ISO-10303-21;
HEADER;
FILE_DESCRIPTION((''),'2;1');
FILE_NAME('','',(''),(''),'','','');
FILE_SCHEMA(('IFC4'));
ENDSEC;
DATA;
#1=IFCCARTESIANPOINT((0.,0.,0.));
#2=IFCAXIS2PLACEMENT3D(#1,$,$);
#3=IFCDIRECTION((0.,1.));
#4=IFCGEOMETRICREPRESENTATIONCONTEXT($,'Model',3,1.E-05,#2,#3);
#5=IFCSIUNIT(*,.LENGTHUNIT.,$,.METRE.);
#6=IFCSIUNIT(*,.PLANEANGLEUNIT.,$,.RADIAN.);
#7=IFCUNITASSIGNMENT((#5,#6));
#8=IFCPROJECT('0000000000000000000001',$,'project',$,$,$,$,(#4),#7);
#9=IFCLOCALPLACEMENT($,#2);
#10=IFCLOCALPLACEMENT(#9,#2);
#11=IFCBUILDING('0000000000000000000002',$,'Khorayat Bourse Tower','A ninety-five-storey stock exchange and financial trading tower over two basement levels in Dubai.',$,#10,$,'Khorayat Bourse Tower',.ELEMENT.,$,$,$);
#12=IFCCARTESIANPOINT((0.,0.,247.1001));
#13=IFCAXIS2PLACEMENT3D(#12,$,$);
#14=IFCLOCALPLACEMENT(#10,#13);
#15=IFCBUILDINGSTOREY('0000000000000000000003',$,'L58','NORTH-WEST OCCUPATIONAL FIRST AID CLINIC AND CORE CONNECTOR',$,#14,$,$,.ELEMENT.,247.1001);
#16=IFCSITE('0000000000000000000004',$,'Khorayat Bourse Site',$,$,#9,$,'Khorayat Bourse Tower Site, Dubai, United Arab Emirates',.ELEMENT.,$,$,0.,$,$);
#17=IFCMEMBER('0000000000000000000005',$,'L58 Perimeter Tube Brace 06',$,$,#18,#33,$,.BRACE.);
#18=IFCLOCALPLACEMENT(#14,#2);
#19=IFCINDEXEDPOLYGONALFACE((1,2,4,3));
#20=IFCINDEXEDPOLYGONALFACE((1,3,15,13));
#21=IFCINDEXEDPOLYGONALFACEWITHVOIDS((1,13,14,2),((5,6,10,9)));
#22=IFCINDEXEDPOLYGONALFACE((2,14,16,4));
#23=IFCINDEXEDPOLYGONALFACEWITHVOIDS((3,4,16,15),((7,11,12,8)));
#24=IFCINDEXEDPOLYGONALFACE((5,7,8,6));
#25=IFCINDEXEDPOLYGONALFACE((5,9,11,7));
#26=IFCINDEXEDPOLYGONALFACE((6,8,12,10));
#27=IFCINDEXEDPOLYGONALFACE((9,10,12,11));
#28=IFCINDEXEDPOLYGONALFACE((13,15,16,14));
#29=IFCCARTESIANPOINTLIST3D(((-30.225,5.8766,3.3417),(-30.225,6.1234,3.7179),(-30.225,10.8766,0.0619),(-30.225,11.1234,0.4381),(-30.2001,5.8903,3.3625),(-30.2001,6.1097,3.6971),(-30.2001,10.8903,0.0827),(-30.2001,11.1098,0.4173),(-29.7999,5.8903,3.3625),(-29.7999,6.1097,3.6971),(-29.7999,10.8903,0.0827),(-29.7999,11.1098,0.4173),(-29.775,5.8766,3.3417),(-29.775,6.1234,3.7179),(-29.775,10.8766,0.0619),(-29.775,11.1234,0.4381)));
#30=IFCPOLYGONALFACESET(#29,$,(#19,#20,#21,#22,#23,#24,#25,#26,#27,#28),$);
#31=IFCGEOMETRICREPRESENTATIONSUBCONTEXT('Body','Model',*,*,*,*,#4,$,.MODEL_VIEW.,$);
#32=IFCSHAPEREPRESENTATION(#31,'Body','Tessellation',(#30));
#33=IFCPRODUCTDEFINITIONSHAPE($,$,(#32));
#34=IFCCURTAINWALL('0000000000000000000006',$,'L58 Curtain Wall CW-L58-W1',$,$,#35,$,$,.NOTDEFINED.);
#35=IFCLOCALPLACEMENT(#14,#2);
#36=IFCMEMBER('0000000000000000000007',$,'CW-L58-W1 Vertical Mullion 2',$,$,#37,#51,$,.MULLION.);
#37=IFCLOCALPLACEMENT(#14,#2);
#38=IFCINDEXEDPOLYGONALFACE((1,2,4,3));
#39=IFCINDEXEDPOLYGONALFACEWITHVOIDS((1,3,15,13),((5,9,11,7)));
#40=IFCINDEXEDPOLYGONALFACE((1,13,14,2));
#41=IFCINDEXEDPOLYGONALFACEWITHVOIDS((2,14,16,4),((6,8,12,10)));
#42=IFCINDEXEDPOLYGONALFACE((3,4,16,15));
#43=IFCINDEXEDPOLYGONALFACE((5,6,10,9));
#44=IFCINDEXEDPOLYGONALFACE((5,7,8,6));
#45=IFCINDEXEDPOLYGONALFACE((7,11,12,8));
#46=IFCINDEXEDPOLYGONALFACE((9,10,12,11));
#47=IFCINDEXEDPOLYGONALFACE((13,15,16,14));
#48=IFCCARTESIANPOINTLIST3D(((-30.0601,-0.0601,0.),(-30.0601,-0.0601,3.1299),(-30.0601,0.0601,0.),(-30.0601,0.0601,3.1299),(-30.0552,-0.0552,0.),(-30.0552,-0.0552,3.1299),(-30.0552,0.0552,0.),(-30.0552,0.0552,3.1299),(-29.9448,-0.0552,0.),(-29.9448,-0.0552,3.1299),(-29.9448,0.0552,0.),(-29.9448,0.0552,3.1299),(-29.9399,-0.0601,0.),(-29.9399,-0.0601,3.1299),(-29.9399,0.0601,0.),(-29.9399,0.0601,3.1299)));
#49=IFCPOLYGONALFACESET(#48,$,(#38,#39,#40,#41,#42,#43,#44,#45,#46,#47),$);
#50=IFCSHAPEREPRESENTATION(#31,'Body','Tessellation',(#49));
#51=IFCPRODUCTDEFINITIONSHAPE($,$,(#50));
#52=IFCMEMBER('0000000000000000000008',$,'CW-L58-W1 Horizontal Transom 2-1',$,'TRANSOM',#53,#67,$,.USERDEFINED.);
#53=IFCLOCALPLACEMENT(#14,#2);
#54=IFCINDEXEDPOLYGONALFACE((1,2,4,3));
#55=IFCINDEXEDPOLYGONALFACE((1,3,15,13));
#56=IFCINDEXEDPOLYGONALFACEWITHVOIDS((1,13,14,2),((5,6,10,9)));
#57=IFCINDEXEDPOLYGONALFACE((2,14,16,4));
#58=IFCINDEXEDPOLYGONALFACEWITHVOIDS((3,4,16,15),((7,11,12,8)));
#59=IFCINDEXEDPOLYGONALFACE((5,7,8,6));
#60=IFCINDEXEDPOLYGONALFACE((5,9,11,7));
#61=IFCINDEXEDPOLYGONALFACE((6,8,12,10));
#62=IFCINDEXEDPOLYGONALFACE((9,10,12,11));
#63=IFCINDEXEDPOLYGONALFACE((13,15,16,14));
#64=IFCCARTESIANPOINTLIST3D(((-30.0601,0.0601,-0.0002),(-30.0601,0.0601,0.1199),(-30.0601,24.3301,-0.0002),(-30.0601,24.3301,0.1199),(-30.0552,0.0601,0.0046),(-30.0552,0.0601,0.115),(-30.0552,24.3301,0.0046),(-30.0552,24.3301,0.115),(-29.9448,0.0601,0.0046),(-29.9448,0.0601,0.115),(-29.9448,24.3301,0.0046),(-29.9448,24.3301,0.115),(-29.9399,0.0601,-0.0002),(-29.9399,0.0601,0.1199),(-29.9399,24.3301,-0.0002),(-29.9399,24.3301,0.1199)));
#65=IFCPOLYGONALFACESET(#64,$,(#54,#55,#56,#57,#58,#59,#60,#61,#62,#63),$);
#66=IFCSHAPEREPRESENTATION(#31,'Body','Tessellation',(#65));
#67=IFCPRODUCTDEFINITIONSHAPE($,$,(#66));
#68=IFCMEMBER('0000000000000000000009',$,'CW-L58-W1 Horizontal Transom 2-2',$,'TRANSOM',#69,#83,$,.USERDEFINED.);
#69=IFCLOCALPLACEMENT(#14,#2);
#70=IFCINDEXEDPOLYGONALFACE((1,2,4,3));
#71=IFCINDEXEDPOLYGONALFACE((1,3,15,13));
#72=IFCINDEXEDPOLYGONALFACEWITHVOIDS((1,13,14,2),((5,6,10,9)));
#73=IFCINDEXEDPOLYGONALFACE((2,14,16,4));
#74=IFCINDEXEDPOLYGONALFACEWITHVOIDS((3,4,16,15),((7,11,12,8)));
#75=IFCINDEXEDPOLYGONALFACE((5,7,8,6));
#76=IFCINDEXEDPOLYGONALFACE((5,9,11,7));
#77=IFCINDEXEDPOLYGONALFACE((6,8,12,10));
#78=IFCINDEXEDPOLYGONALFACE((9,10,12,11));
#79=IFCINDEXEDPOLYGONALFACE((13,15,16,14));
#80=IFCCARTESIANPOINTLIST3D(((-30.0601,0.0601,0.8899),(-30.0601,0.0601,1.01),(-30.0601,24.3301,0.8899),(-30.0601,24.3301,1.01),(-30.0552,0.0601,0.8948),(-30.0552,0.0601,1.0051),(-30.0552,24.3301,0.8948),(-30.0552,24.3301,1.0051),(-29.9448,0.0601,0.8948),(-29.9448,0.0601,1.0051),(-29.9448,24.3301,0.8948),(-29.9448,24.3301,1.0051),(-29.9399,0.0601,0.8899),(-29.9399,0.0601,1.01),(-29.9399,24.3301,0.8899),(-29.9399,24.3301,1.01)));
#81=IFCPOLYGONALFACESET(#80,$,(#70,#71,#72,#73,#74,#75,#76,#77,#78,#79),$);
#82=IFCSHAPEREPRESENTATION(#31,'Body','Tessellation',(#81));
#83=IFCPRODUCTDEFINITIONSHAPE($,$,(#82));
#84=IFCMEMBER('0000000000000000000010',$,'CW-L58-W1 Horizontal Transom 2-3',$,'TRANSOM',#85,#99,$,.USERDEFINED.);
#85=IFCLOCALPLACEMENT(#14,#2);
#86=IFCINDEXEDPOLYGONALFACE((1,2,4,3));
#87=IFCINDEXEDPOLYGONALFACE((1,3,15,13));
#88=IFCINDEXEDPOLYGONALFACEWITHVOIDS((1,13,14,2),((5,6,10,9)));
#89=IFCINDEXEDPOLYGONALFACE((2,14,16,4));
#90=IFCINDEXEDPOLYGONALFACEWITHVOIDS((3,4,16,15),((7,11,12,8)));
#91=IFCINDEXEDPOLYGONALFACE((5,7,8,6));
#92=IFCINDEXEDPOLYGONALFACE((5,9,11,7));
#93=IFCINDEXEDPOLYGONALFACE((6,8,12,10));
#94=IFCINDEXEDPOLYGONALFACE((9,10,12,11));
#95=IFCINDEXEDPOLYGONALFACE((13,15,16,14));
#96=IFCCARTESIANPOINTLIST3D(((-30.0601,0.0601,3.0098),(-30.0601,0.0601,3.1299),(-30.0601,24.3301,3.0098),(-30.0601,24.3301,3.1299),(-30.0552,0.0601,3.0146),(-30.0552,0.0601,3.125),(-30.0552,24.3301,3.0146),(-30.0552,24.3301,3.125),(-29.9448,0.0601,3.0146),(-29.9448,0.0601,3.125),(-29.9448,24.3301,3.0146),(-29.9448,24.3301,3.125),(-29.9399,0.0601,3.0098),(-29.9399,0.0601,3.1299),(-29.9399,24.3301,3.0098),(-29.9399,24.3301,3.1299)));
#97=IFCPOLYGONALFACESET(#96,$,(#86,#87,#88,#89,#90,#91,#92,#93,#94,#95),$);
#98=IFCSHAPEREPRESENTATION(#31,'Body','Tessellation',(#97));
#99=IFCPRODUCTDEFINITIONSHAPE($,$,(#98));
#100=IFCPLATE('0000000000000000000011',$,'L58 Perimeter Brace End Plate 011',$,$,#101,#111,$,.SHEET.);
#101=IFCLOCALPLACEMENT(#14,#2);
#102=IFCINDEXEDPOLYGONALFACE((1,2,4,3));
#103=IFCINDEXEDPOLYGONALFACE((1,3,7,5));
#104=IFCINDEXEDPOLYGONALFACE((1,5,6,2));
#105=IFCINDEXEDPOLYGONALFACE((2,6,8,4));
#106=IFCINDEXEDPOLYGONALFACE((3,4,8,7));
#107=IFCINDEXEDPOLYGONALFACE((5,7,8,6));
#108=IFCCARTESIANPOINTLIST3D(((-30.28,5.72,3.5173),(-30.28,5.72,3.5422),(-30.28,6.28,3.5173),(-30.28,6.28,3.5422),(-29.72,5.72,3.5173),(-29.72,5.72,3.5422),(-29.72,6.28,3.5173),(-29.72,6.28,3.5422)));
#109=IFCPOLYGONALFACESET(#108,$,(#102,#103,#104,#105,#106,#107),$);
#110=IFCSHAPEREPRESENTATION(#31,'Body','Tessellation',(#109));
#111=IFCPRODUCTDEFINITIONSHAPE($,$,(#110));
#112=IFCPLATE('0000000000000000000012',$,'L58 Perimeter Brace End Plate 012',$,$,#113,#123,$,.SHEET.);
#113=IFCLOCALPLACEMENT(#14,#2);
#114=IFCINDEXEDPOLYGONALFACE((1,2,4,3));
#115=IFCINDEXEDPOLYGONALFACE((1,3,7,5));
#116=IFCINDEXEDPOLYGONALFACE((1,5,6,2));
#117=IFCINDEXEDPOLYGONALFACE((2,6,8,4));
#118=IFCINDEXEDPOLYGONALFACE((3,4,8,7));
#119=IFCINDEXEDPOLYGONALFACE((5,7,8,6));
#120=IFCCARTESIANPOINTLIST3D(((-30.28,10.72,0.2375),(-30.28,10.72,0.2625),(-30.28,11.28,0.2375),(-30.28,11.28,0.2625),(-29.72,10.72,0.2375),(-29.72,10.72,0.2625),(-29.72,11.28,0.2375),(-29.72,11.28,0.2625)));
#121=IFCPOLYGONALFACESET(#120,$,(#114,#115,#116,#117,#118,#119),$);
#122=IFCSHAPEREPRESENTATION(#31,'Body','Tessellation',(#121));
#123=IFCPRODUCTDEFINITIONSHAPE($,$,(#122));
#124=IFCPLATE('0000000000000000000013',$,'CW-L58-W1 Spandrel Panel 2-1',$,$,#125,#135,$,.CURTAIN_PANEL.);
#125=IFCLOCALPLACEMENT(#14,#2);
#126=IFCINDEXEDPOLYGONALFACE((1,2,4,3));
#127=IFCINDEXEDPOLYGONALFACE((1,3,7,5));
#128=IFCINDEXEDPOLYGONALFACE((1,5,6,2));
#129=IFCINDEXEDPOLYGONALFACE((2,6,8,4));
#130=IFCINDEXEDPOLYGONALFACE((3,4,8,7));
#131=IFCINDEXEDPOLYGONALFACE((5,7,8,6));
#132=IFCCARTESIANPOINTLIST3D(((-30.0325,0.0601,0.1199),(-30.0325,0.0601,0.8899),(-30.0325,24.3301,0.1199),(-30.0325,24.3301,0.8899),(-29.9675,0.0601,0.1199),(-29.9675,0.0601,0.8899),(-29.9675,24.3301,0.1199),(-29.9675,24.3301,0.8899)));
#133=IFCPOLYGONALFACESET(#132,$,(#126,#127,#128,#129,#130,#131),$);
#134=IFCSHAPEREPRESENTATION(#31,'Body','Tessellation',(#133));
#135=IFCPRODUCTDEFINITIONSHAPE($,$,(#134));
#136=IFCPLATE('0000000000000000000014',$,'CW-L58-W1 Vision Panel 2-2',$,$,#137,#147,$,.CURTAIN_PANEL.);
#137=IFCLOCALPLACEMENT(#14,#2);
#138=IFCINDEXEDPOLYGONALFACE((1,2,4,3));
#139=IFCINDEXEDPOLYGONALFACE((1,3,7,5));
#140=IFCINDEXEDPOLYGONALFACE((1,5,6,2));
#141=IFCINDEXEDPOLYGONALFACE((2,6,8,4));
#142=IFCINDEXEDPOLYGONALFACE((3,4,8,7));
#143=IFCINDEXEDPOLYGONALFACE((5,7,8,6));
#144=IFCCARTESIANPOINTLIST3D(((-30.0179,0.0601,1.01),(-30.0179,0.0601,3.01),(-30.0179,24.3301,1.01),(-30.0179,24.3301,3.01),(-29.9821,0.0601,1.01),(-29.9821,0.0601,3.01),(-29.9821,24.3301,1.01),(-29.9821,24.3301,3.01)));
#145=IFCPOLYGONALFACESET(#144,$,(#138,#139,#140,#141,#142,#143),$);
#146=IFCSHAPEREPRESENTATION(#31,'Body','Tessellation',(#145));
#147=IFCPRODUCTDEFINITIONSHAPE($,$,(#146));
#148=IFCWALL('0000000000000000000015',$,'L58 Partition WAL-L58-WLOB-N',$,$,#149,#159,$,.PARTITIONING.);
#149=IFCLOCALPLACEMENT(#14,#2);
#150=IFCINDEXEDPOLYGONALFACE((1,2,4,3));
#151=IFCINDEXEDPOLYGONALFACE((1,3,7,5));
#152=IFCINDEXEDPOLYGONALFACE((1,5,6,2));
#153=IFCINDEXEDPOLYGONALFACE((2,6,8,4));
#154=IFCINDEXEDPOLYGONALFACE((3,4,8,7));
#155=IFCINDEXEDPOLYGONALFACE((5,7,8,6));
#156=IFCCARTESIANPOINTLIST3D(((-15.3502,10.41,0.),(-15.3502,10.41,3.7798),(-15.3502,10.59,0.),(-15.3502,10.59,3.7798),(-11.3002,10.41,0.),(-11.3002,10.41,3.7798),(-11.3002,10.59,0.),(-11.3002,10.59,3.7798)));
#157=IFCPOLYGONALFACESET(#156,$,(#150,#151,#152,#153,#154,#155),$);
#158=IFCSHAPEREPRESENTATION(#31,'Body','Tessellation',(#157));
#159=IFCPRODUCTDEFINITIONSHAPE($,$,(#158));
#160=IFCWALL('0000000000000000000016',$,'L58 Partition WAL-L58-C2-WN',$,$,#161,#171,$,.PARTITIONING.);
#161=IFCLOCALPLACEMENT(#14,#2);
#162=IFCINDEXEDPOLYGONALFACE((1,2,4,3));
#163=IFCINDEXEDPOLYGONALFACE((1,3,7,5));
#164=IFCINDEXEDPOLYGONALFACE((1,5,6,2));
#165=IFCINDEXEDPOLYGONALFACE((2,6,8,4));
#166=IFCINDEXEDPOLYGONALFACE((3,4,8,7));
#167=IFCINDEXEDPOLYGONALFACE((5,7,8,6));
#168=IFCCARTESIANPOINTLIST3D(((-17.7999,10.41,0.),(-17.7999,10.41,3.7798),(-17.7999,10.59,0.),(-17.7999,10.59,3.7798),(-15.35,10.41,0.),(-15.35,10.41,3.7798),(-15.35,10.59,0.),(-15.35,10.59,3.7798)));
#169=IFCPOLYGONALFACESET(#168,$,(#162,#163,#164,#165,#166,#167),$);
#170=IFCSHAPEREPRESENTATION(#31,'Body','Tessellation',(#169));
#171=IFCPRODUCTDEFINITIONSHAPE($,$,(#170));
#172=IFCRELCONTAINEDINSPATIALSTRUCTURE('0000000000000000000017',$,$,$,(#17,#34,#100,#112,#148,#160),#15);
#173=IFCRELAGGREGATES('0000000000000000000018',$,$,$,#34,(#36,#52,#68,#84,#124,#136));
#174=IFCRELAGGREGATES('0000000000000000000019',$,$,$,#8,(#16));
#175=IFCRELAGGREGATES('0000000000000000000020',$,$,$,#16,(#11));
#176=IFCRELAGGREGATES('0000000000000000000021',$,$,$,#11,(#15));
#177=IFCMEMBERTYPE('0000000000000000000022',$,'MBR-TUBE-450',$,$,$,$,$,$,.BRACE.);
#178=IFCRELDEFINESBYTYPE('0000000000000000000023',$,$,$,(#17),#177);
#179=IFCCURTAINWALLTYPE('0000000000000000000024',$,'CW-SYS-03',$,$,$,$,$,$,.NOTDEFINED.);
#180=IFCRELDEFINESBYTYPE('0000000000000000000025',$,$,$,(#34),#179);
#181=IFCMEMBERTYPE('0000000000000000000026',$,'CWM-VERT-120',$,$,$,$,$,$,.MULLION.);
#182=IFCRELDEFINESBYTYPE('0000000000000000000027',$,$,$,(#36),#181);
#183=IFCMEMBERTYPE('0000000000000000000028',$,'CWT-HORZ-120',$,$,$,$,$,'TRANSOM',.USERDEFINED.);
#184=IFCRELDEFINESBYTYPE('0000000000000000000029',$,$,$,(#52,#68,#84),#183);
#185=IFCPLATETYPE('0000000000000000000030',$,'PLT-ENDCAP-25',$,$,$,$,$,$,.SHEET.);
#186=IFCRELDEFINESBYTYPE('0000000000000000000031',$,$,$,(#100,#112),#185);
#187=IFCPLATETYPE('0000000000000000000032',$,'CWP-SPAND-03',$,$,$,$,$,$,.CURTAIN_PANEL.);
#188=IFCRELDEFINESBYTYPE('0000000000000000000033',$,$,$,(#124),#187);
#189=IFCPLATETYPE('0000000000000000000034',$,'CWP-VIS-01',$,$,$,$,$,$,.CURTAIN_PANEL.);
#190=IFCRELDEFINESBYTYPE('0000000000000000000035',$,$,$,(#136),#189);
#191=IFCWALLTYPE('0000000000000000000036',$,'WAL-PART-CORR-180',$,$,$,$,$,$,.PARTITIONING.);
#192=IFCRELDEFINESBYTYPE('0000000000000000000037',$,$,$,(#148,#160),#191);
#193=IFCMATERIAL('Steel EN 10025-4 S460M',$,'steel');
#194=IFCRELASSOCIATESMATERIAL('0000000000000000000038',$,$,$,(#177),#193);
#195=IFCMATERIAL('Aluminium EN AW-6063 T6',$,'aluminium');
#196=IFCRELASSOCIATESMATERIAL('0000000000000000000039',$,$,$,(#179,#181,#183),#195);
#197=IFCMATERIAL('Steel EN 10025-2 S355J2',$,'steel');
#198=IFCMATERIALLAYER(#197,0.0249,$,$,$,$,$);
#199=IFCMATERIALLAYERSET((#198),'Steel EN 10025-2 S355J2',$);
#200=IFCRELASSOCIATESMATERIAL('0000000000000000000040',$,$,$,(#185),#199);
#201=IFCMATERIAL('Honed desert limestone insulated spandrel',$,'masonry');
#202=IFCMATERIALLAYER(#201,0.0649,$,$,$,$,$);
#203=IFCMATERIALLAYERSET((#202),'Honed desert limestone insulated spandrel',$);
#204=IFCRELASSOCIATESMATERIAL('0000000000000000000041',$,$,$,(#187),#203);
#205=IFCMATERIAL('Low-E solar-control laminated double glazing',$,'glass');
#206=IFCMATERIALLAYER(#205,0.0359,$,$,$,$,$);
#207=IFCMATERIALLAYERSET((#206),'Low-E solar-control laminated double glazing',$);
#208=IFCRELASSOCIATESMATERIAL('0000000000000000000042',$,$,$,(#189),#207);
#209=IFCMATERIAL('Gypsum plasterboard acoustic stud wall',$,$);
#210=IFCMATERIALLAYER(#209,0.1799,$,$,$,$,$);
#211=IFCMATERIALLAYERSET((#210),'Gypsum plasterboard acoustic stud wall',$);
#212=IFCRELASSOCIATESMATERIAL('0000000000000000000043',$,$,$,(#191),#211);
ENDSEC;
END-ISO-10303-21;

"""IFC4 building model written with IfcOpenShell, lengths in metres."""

from ifc_helpers import new_model, si_unit, direction, frame, frame_2d, origin, origin_2d, place, context, subcontext, project, spatial, rectangle, hollow_rectangle, extrude, source, transform, mapped, material, layer, layer_set, material_profile, profile_set, type_object, element, aggregate, save


model = new_model("IFC4")

# Units and contexts
model_context = context("Model", 3, precision=1e-05, world=origin(), true_north=direction((0.0, 1.0)))
body_context = subcontext(model_context, "Body", "Model", "MODEL_VIEW")
ifc_project = project(units=[si_unit("LENGTHUNIT", "METRE"), si_unit("PLANEANGLEUNIT", "RADIAN")], contexts=[model_context])

# Site, building, storey
site_placement = place(None, origin())
site = spatial("IfcSite", under=ifc_project, at=site_placement, Name="Khorayat Bourse Site", LongName="Khorayat Bourse Tower Site, Dubai, United Arab Emirates", CompositionType="ELEMENT", RefElevation=0.0)
building_placement = place(site_placement, origin())
building = spatial("IfcBuilding", under=site, at=building_placement, Name="Khorayat Bourse Tower", Description="A ninety-five-storey stock exchange and financial trading tower over two basement levels in Dubai.", LongName="Khorayat Bourse Tower", CompositionType="ELEMENT")
storey_placement = place(building_placement, frame((0.0, 0.0, 247.1001)))
storey = spatial("IfcBuildingStorey", under=building, at=storey_placement, Name="L58", Description="NORTH-WEST OCCUPATIONAL FIRST AID CLINIC AND CORE CONNECTOR", CompositionType="ELEMENT", Elevation=247.1001)

# Shared definitions
ifc_material_1 = material(Name="Steel EN 10025-4 S460M", Category="steel")

# Member
ifc_material_profile_1 = material_profile(ifc_material_1, hollow_rectangle(XDim=0.45, YDim=0.45, WallThickness=0.0249, at=origin_2d()), Name="HSS 450x450x25")
ifc_profile_set_1 = profile_set([ifc_material_profile_1], Name="Steel EN 10025-4 S460M")
member_type_1 = type_object("IfcMemberType", Name="MBR-TUBE-450", PredefinedType="BRACE", material=ifc_profile_set_1)
shared_shape_1 = source(origin(), body_context, "Body", "SweptSolid", [
    extrude(hollow_rectangle(XDim=0.45, YDim=0.45, WallThickness=0.0249, at=origin_2d()), origin(), (0.0, 0.0, 1.0), 5.9797),
])
member_1_placement = place(storey_placement, frame((-30.0, 6.0, 3.5298), z_axis=(0.0, 0.83616, -0.548485), x_axis=(-1.0, 0.0, 0.0)))
element("IfcMember", 1, at=member_1_placement, inside=storey, type_object=member_type_1, Name="L58 Perimeter Tube Brace 06", PredefinedType="BRACE", context=body_context, shape_type="MappedRepresentation", body=[
    mapped(shared_shape_1, transform((0.0, 0.0, 0.0), scale=1.0)),
])

# Curtain wall, members
ifc_material_2 = material(Name="Aluminium EN AW-6063 T6", Category="aluminium")
curtain_wall_type = type_object("IfcCurtainWallType", Name="CW-SYS-03", PredefinedType="NOTDEFINED", material=ifc_material_2)
curtain_wall_placement = place(storey_placement, origin())
curtain_wall = element("IfcCurtainWall", 2, at=curtain_wall_placement, inside=storey, type_object=curtain_wall_type, Name="L58 Curtain Wall CW-L58-W1", PredefinedType="NOTDEFINED")
ifc_material_profile_2 = material_profile(ifc_material_2, hollow_rectangle(XDim=0.1201, YDim=0.1201, WallThickness=0.0049, at=origin_2d()), Name="ALU 120x120x5")
ifc_profile_set_2 = profile_set([ifc_material_profile_2], Name="Aluminium EN AW-6063 T6")
member_type_2 = type_object("IfcMemberType", Name="CWM-VERT-120", PredefinedType="MULLION", material=ifc_profile_set_2)
shared_shape_2 = source(origin(), body_context, "Body", "SweptSolid", [
    extrude(hollow_rectangle(XDim=0.1201, YDim=0.1201, WallThickness=0.0049, at=origin_2d()), origin(), (0.0, 0.0, 1.0), 3.1299),
])
member_2_placement = place(storey_placement, frame((-30.0, 0.0, 0.0), z_axis=(0.0, 0.0, 1.0), x_axis=(-1.0, 0.0, 0.0)))
member_2 = element("IfcMember", 3, at=member_2_placement, type_object=member_type_2, Name="CW-L58-W1 Vertical Mullion 2", PredefinedType="MULLION", context=body_context, shape_type="MappedRepresentation", body=[
    mapped(shared_shape_2, transform((0.0, 0.0, 0.0), scale=1.0)),
])
ifc_material_profile_3 = material_profile(ifc_material_2, hollow_rectangle(XDim=0.1201, YDim=0.1201, WallThickness=0.0049, at=origin_2d()), Name="ALU 120x120x5")
ifc_profile_set_3 = profile_set([ifc_material_profile_3], Name="Aluminium EN AW-6063 T6")
member_type_3 = type_object("IfcMemberType", Name="CWT-HORZ-120", ElementType="TRANSOM", PredefinedType="USERDEFINED", material=ifc_profile_set_3)
shared_shape_3 = source(origin(), body_context, "Body", "SweptSolid", [
    extrude(hollow_rectangle(XDim=0.1201, YDim=0.1201, WallThickness=0.0049, at=origin_2d()), origin(), (0.0, 0.0, 1.0), 24.27),
])
member_3_placement = place(storey_placement, frame((-30.0, 0.0601, 0.0598), z_axis=(0.0, 1.0, 0.0), x_axis=(-1.0, 0.0, 0.0)))
member_3 = element("IfcMember", 4, at=member_3_placement, type_object=member_type_3, Name="CW-L58-W1 Horizontal Transom 2-1", ObjectType="TRANSOM", PredefinedType="USERDEFINED", context=body_context, shape_type="MappedRepresentation", body=[
    mapped(shared_shape_3, transform((0.0, 0.0, 0.0), scale=1.0)),
])
member_4_placement = place(storey_placement, frame((-30.0, 0.0601, 0.95), z_axis=(0.0, 1.0, 0.0), x_axis=(-1.0, 0.0, 0.0)))
member_4 = element("IfcMember", 5, at=member_4_placement, type_object=member_type_3, Name="CW-L58-W1 Horizontal Transom 2-2", ObjectType="TRANSOM", PredefinedType="USERDEFINED", context=body_context, shape_type="MappedRepresentation", body=[
    mapped(shared_shape_3, transform((0.0, 0.0, 0.0), scale=1.0)),
])
member_5_placement = place(storey_placement, frame((-30.0, 0.0601, 3.0698), z_axis=(0.0, 1.0, 0.0), x_axis=(-1.0, 0.0, 0.0)))
member_5 = element("IfcMember", 6, at=member_5_placement, type_object=member_type_3, Name="CW-L58-W1 Horizontal Transom 2-3", ObjectType="TRANSOM", PredefinedType="USERDEFINED", context=body_context, shape_type="MappedRepresentation", body=[
    mapped(shared_shape_3, transform((0.0, 0.0, 0.0), scale=1.0)),
])

# Plates
ifc_material_3 = material(Name="Steel EN 10025-2 S355J2", Category="steel")
ifc_layer_1 = layer(ifc_material_3, 0.0249)
ifc_layer_set_1 = layer_set([ifc_layer_1], Name="Steel EN 10025-2 S355J2")
plate_type_1 = type_object("IfcPlateType", Name="PLT-ENDCAP-25", PredefinedType="SHEET", material=ifc_layer_set_1)
shared_shape_4 = source(origin(), body_context, "Body", "SweptSolid", [
    extrude(rectangle(XDim=0.5601, YDim=0.5601, at=origin_2d()), origin(), (0.0, 0.0, 1.0), 0.0249),
])
for number, where, z_axis, x_axis, name in (
    (7, (-30.0, 6.0, 3.5173), (0.0, 0.0, 1.0), (1.0, 0.0, 0.0), "L58 Perimeter Brace End Plate 011"),
    (8, (-30.0, 11.0, 0.2375), (0.0, 0.0, 1.0), (1.0, 0.0, 0.0), "L58 Perimeter Brace End Plate 012"),
):
    element("IfcPlate", number, at=place(storey_placement, frame(where, z_axis=z_axis, x_axis=x_axis)), inside=storey, type_object=plate_type_1, Name=name, PredefinedType="SHEET", context=body_context, shape_type="MappedRepresentation", body=[
        mapped(shared_shape_4, transform((0.0, 0.0, 0.0), scale=1.0)),
    ])

# Plates
ifc_material_4 = material(Name="Honed desert limestone insulated spandrel", Category="masonry")
ifc_layer_2 = layer(ifc_material_4, 0.0649)
ifc_layer_set_2 = layer_set([ifc_layer_2], Name="Honed desert limestone insulated spandrel")
plate_type_2 = type_object("IfcPlateType", Name="CWP-SPAND-03", PredefinedType="CURTAIN_PANEL", material=ifc_layer_set_2)
shared_shape_5 = source(origin(), body_context, "Body", "SweptSolid", [
    extrude(rectangle(XDim=24.27, YDim=0.0649, at=origin_2d()), origin(), (0.0, 0.0, 1.0), 0.77),
])
plate_1_placement = place(storey_placement, frame((-30.0, 12.1951, 0.1199), z_axis=(0.0, 0.0, 1.0), x_axis=(0.0, 1.0, 0.0)))
plate_1 = element("IfcPlate", 9, at=plate_1_placement, type_object=plate_type_2, Name="CW-L58-W1 Spandrel Panel 2-1", PredefinedType="CURTAIN_PANEL", context=body_context, shape_type="MappedRepresentation", body=[
    mapped(shared_shape_5, transform((0.0, 0.0, 0.0), scale=1.0)),
])
ifc_material_5 = material(Name="Low-E solar-control laminated double glazing", Category="glass")
ifc_layer_3 = layer(ifc_material_5, 0.0359)
ifc_layer_set_3 = layer_set([ifc_layer_3], Name="Low-E solar-control laminated double glazing")
plate_type_3 = type_object("IfcPlateType", Name="CWP-VIS-01", PredefinedType="CURTAIN_PANEL", material=ifc_layer_set_3)
shared_shape_6 = source(origin(), body_context, "Body", "SweptSolid", [
    extrude(rectangle(XDim=24.27, YDim=0.0359, at=origin_2d()), origin(), (0.0, 0.0, 1.0), 2.0),
])
plate_2_placement = place(storey_placement, frame((-30.0, 12.1951, 1.01), z_axis=(0.0, 0.0, 1.0), x_axis=(0.0, 1.0, 0.0)))
plate_2 = element("IfcPlate", 10, at=plate_2_placement, type_object=plate_type_3, Name="CW-L58-W1 Vision Panel 2-2", PredefinedType="CURTAIN_PANEL", context=body_context, shape_type="MappedRepresentation", body=[
    mapped(shared_shape_6, transform((0.0, 0.0, 0.0), scale=1.0)),
])
aggregate(curtain_wall, [member_2, member_3, member_4, member_5, plate_1, plate_2])

# Walls
ifc_material_6 = material(Name="Gypsum plasterboard acoustic stud wall")
ifc_layer_4 = layer(ifc_material_6, 0.1799)
ifc_layer_set_4 = layer_set([ifc_layer_4], Name="Gypsum plasterboard acoustic stud wall")
wall_type_1 = type_object("IfcWallType", Name="WAL-PART-CORR-180", PredefinedType="PARTITIONING", material=ifc_layer_set_4)
shared_shape_7 = source(origin(), body_context, "Body", "SweptSolid", [
    extrude(rectangle(XDim=4.05, YDim=0.1799, at=frame_2d((2.0249, 0.0))), origin(), (0.0, 0.0, 1.0), 3.7798),
])
wall_1_placement = place(storey_placement, frame((-15.3501, 10.5, 0.0), z_axis=(0.0, 0.0, 1.0), x_axis=(1.0, 0.0, 0.0)))
element("IfcWall", 11, at=wall_1_placement, inside=storey, type_object=wall_type_1, Name="L58 Partition WAL-L58-WLOB-N", PredefinedType="PARTITIONING", context=body_context, shape_type="MappedRepresentation", body=[
    mapped(shared_shape_7, transform((0.0, 0.0, 0.0), scale=1.0)),
])
shared_shape_8 = source(origin(), body_context, "Body", "SweptSolid", [
    extrude(rectangle(XDim=2.45, YDim=0.1799, at=frame_2d((1.2251, 0.0))), origin(), (0.0, 0.0, 1.0), 3.7798),
])
wall_2_placement = place(storey_placement, frame((-17.8, 10.5, 0.0), z_axis=(0.0, 0.0, 1.0), x_axis=(1.0, 0.0, 0.0)))
element("IfcWall", 12, at=wall_2_placement, inside=storey, type_object=wall_type_1, Name="L58 Partition WAL-L58-C2-WN", PredefinedType="PARTITIONING", context=body_context, shape_type="MappedRepresentation", body=[
    mapped(shared_shape_8, transform((0.0, 0.0, 0.0), scale=1.0)),
])

save(model, "model.ifc")
